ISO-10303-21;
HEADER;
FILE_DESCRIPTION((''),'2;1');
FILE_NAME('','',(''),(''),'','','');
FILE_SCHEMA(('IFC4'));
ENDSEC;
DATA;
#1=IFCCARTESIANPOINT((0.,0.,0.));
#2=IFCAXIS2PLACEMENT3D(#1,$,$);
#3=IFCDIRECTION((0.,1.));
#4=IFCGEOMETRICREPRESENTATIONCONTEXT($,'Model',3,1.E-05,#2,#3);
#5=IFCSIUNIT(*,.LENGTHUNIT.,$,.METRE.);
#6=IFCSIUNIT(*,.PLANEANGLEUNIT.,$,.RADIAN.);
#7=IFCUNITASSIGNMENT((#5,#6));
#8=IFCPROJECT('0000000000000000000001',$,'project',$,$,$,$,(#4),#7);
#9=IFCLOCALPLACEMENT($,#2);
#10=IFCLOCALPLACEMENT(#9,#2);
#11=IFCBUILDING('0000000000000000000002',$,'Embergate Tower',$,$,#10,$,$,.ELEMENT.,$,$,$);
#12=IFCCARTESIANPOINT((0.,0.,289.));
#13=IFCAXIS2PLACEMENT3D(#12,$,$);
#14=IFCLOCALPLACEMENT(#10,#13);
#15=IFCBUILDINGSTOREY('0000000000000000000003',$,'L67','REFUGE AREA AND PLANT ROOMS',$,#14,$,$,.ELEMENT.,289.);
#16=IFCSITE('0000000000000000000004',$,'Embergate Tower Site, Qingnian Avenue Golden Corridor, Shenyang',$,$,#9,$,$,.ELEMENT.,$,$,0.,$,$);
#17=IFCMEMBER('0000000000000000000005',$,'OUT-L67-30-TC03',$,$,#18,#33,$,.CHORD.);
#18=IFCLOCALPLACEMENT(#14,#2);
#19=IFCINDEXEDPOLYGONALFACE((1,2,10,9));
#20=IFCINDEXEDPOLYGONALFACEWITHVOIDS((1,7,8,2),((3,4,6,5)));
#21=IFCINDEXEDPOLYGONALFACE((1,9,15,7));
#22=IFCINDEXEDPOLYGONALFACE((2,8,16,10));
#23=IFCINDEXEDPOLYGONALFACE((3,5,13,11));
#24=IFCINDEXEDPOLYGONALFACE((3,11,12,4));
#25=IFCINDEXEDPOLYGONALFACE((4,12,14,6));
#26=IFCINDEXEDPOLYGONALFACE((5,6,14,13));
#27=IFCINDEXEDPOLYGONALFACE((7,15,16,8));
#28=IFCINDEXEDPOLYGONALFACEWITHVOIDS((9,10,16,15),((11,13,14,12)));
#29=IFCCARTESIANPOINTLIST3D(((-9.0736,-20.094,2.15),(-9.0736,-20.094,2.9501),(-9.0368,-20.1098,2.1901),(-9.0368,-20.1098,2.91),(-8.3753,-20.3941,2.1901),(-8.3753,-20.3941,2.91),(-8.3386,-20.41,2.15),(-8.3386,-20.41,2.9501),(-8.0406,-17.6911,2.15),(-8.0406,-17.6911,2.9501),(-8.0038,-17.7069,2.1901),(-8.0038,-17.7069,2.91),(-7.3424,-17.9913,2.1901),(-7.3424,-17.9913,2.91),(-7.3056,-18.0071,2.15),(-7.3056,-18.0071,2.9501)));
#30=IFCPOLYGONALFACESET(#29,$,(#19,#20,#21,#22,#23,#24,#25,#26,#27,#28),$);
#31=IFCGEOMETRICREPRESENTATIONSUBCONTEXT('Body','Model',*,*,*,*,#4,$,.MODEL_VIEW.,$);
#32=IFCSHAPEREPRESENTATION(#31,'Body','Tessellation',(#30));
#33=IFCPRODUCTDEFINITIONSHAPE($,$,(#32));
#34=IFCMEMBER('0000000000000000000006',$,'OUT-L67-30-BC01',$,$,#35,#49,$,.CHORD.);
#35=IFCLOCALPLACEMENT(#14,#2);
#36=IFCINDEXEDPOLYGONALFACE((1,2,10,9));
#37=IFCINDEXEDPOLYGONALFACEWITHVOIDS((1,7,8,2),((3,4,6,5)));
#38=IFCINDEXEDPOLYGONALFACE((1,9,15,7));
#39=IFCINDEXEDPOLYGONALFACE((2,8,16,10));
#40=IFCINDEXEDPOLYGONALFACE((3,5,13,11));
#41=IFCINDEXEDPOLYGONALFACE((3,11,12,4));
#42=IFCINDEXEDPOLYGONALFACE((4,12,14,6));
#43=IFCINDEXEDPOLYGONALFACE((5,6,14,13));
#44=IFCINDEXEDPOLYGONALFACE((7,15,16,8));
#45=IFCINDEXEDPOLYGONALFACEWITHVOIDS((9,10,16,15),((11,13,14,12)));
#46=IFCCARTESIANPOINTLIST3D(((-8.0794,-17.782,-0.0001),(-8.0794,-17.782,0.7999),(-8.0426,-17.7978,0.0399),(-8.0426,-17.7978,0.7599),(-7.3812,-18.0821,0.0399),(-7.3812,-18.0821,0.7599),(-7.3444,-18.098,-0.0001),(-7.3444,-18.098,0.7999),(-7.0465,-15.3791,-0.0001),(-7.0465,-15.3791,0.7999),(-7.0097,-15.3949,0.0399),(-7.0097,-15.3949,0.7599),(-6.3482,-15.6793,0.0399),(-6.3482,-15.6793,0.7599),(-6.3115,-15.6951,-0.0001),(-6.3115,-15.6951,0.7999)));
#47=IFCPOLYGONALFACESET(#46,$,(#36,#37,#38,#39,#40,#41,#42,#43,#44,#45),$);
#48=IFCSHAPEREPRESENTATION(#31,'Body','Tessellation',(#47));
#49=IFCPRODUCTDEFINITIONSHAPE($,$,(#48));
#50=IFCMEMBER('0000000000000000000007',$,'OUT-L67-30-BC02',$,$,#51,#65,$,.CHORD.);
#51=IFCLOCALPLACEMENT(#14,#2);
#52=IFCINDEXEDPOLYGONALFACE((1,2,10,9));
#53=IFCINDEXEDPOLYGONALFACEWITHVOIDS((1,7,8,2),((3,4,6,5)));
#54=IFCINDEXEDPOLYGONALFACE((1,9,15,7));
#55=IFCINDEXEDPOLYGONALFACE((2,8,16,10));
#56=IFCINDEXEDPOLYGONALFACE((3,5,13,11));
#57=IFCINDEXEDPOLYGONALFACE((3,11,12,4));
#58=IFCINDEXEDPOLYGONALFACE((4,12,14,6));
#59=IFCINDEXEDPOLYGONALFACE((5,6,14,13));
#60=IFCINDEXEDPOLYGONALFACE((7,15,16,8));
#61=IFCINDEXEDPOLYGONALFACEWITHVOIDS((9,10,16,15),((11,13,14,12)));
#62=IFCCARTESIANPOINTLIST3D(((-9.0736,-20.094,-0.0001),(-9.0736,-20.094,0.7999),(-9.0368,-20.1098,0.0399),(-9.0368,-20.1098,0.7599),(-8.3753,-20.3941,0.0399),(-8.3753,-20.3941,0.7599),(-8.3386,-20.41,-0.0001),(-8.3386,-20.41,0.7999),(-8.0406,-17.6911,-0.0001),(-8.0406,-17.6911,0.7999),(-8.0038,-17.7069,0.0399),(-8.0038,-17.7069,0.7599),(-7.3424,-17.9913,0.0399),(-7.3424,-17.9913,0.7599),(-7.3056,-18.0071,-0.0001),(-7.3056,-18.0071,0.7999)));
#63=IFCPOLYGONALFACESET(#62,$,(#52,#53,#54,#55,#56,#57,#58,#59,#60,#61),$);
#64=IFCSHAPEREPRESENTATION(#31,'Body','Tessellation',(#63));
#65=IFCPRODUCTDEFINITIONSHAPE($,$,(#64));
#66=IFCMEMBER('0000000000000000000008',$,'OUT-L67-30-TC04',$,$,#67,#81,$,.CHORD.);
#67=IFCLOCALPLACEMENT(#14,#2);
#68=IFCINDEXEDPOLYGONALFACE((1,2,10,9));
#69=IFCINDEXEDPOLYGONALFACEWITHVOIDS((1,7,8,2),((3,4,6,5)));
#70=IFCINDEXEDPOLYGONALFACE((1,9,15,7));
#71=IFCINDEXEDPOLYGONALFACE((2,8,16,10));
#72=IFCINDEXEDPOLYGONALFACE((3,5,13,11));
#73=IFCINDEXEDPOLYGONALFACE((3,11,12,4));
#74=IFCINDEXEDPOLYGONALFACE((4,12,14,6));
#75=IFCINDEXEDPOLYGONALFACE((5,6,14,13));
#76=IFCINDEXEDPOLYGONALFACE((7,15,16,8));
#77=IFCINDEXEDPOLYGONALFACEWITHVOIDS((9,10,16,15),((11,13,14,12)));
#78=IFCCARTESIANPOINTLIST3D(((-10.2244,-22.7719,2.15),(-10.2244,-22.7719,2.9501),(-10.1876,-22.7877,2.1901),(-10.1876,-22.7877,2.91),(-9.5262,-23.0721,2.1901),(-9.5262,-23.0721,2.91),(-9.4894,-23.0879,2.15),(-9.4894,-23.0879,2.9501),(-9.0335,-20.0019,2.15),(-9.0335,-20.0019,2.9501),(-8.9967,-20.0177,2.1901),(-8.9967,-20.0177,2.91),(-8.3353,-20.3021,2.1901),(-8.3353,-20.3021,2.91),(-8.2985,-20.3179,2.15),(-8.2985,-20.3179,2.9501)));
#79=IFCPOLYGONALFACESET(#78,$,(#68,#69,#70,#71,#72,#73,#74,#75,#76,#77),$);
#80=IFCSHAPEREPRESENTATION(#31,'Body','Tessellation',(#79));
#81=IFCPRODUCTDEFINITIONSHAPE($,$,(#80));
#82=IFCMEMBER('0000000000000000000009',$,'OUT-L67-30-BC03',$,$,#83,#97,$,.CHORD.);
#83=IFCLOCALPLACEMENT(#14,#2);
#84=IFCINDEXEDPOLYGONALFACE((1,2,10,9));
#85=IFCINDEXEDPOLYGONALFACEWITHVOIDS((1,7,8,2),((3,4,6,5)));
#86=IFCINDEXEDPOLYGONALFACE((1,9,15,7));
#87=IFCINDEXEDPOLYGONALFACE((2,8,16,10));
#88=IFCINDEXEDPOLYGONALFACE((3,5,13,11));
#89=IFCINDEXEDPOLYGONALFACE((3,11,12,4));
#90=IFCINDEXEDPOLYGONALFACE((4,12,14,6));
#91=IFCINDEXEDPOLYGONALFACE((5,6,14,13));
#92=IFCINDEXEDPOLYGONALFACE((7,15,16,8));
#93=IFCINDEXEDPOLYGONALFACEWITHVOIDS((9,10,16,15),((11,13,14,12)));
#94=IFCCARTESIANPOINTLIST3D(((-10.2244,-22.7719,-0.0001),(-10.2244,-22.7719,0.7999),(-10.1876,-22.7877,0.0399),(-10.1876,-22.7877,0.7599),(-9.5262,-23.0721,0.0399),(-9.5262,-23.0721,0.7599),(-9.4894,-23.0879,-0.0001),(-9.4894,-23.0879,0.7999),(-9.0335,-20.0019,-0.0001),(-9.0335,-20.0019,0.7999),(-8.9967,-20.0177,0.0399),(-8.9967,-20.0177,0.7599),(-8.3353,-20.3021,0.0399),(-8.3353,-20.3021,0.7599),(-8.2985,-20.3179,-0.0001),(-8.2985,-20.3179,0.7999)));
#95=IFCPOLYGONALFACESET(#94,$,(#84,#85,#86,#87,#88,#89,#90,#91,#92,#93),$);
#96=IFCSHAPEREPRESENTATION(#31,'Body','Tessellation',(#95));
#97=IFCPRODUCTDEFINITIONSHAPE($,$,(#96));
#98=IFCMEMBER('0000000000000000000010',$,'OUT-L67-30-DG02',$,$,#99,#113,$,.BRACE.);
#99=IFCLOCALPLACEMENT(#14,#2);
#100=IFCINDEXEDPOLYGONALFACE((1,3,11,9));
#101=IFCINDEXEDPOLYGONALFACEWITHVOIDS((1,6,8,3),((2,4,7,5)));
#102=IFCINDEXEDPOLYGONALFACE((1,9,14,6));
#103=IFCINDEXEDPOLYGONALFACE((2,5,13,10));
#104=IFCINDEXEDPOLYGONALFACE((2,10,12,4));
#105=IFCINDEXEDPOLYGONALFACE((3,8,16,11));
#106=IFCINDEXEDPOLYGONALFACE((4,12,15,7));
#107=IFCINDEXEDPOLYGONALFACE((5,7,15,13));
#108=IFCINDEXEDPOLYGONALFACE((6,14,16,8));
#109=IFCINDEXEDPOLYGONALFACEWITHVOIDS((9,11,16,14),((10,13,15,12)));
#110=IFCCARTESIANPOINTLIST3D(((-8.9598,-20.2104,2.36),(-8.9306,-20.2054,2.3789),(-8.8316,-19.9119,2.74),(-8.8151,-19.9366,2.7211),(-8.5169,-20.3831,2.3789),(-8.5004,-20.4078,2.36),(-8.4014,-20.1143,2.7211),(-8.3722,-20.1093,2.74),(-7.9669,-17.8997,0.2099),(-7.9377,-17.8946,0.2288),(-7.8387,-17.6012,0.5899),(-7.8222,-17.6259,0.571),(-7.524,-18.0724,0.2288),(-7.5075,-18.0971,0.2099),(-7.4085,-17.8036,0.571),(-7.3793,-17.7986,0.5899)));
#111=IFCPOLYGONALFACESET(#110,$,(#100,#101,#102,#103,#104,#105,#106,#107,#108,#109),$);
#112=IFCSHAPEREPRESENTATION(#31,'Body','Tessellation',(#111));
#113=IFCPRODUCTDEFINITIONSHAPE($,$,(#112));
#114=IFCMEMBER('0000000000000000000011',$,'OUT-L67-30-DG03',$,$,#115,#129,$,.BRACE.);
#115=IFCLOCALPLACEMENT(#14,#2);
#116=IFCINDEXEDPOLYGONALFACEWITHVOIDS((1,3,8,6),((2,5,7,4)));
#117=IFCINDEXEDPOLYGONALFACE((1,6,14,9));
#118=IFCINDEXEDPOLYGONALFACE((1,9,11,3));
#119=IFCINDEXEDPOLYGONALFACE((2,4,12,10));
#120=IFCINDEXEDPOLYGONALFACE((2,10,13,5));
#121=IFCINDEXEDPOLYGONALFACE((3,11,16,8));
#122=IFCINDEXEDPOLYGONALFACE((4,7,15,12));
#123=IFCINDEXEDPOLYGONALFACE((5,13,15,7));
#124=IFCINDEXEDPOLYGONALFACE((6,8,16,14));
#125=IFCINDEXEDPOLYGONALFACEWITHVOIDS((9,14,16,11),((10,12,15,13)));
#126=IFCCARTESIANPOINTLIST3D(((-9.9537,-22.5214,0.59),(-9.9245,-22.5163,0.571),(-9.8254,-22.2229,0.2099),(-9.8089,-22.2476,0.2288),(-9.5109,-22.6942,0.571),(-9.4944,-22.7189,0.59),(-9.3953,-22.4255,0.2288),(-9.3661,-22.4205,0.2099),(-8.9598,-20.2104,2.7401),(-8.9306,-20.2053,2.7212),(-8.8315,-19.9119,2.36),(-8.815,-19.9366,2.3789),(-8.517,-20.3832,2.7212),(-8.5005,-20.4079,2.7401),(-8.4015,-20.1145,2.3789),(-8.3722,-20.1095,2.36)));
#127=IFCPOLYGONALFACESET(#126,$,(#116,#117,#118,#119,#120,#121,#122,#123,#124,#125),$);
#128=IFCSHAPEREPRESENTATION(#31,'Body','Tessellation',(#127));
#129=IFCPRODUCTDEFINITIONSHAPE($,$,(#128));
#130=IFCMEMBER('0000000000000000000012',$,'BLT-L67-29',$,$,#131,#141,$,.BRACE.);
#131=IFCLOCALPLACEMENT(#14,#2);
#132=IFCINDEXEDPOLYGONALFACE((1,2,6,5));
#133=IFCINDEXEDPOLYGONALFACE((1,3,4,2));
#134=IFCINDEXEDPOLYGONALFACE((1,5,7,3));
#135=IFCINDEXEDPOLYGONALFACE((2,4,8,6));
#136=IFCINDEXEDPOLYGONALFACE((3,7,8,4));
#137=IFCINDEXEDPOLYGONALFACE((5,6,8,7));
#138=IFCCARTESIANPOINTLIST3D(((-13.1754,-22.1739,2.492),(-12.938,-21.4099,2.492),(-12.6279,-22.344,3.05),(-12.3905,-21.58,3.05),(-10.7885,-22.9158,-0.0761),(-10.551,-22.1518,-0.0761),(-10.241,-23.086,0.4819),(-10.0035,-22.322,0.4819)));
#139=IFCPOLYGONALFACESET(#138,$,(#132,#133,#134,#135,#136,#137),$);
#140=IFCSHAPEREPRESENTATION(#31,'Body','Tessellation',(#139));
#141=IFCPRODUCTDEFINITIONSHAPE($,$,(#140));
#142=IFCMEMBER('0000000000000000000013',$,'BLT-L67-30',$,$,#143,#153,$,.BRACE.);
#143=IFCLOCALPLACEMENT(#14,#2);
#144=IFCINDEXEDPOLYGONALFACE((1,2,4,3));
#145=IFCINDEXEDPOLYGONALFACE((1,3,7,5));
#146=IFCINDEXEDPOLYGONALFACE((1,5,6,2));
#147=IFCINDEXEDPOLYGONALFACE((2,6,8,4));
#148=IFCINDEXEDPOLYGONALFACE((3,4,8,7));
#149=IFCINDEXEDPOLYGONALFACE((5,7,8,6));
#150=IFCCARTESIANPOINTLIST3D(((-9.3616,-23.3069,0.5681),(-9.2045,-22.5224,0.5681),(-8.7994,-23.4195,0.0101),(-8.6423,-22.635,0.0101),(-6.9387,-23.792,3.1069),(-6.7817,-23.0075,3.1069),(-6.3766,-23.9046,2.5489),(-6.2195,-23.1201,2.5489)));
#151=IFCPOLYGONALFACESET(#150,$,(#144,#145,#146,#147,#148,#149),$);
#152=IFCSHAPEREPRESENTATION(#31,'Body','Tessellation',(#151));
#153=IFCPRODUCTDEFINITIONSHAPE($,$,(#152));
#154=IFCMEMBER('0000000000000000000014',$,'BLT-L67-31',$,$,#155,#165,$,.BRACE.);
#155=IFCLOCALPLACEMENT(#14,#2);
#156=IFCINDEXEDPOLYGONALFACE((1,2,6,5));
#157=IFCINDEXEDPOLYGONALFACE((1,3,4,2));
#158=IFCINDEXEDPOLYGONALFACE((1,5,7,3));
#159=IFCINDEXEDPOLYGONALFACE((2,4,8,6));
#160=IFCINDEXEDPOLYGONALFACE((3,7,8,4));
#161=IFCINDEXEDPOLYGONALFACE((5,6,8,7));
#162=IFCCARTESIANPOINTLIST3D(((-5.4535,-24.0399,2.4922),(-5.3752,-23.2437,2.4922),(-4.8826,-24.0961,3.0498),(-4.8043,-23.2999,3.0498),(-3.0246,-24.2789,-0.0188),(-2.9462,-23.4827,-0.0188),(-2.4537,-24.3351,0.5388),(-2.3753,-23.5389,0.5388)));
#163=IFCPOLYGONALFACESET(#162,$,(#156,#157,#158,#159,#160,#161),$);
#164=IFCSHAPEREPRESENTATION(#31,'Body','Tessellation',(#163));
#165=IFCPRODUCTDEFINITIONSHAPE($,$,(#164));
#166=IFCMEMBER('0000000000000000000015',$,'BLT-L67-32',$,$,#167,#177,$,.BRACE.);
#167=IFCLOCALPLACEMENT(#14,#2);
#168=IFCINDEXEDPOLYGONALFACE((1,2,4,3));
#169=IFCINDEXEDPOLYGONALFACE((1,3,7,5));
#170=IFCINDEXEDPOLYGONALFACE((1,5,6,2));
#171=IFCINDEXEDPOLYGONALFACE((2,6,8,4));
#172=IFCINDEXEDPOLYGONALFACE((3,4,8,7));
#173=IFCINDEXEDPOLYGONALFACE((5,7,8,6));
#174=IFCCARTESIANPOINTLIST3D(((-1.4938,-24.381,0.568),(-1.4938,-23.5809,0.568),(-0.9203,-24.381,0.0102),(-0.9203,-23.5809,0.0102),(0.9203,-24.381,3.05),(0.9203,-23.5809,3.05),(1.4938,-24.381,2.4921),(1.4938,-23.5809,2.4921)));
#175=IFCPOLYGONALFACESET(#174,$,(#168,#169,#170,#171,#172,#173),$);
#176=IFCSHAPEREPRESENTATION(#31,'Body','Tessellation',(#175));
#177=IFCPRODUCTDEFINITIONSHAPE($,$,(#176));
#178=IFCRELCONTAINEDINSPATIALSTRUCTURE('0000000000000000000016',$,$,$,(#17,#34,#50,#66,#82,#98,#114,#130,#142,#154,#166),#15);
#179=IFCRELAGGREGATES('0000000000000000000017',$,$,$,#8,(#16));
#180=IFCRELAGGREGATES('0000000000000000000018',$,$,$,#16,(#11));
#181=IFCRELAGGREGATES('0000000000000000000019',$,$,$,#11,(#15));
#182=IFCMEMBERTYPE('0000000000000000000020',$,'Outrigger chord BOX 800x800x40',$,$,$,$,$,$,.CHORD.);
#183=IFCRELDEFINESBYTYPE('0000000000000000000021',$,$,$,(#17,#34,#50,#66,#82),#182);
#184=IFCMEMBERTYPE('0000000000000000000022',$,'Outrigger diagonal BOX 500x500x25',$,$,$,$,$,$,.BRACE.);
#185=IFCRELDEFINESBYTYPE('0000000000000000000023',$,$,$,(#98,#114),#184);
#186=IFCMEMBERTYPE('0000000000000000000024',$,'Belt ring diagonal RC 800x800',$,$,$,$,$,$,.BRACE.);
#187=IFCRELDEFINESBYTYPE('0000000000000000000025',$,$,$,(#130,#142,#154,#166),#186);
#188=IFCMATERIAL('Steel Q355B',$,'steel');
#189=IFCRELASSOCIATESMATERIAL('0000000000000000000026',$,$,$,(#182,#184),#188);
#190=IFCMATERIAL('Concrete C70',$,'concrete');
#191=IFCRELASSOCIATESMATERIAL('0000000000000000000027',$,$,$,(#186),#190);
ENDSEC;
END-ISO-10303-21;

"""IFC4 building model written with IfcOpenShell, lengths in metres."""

from ifc_helpers import new_model, si_unit, direction, frame, origin, origin_2d, place, context, subcontext, project, spatial, rectangle, hollow_rectangle, extrude, source, transform, mapped, material, material_profile, profile_set, type_object, element, save


model = new_model("IFC4")

# Units and contexts
model_context = context("Model", 3, precision=1e-05, world=origin(), true_north=direction((0.0, 1.0)))
body_context = subcontext(model_context, "Body", "Model", "MODEL_VIEW")
ifc_project = project(units=[si_unit("LENGTHUNIT", "METRE"), si_unit("PLANEANGLEUNIT", "RADIAN")], contexts=[model_context])

# Site, building, storey
site_placement = place(None, origin())
site = spatial("IfcSite", under=ifc_project, at=site_placement, Name="Embergate Tower Site, Qingnian Avenue Golden Corridor, Shenyang", CompositionType="ELEMENT", RefElevation=0.0)
building_placement = place(site_placement, origin())
building = spatial("IfcBuilding", under=site, at=building_placement, Name="Embergate Tower", CompositionType="ELEMENT")
storey_placement = place(building_placement, frame((0.0, 0.0, 289.0)))
storey = spatial("IfcBuildingStorey", under=building, at=storey_placement, Name="L67", Description="REFUGE AREA AND PLANT ROOMS", CompositionType="ELEMENT", Elevation=289.0)

# Shared definitions
ifc_material_1 = material(Name="Steel Q355B", Category="steel")

# Members
ifc_material_profile_1 = material_profile(ifc_material_1, hollow_rectangle(XDim=0.8, YDim=0.8, WallThickness=0.04, at=origin_2d()), Name="BOX 800x800x40")
ifc_profile_set_1 = profile_set([ifc_material_profile_1], Name="Steel Q355 grade B")
member_type_1 = type_object("IfcMemberType", Name="Outrigger chord BOX 800x800x40", PredefinedType="CHORD", material=ifc_profile_set_1)
shared_shape_1 = source(origin(), body_context, "Body", "SweptSolid", [
    extrude(hollow_rectangle(XDim=0.8, YDim=0.8, WallThickness=0.04, at=origin_2d()), origin(), (0.0, 0.0, 1.0), 2.6155),
])
for number, where, z_axis, x_axis, name in (
    (1, (-7.6731, -17.8491, 2.55), (-0.394944, -0.918705, 0.0), (0.918705, -0.394944, 0.0), "OUT-L67-30-TC03"),
    (2, (-6.679, -15.5371, 0.3999), (-0.394944, -0.918705, 0.0), (0.918705, -0.394944, 0.0), "OUT-L67-30-BC01"),
    (3, (-7.6731, -17.8491, 0.3999), (-0.394944, -0.918705, 0.0), (0.918705, -0.394944, 0.0), "OUT-L67-30-BC02"),
):
    element("IfcMember", number, at=place(storey_placement, frame(where, z_axis=z_axis, x_axis=x_axis)), inside=storey, type_object=member_type_1, Name=name, PredefinedType="CHORD", context=body_context, shape_type="MappedRepresentation", body=[
        mapped(shared_shape_1, transform((0.0, 0.0, 0.0))),
    ])
shared_shape_2 = source(origin(), body_context, "Body", "SweptSolid", [
    extrude(hollow_rectangle(XDim=0.8, YDim=0.8, WallThickness=0.04, at=origin_2d()), origin(), (0.0, 0.0, 1.0), 3.0151),
])
for number, where, z_axis, x_axis, name in (
    (4, (-8.666, -20.1599, 2.55), (-0.394974, -0.918692, 0.0), (0.918692, -0.394974, 0.0), "OUT-L67-30-TC04"),
    (5, (-8.666, -20.1599, 0.3999), (-0.394974, -0.918692, 0.0), (0.918692, -0.394974, 0.0), "OUT-L67-30-BC03"),
):
    element("IfcMember", number, at=place(storey_placement, frame(where, z_axis=z_axis, x_axis=x_axis)), inside=storey, type_object=member_type_1, Name=name, PredefinedType="CHORD", context=body_context, shape_type="MappedRepresentation", body=[
        mapped(shared_shape_2, transform((0.0, 0.0, 0.0))),
    ])
ifc_material_profile_2 = material_profile(ifc_material_1, hollow_rectangle(XDim=0.5, YDim=0.5, WallThickness=0.0249, at=origin_2d()), Name="BOX 500x500x25")
ifc_profile_set_2 = profile_set([ifc_material_profile_2], Name="Steel Q355 grade B")
member_type_2 = type_object("IfcMemberType", Name="Outrigger diagonal BOX 500x500x25", PredefinedType="BRACE", material=ifc_profile_set_2)
shared_shape_3 = source(origin(), body_context, "Body", "SweptSolid", [
    extrude(hollow_rectangle(XDim=0.5, YDim=0.5, WallThickness=0.0249, at=origin_2d()), origin(), (0.0, 0.0, 1.0), 3.3088),
])
member_1_placement = place(storey_placement, frame((-7.6731, -17.8491, 0.3999), z_axis=(-0.300076, -0.698358, 0.649808), x_axis=(0.918773, -0.394786, 0.0)))
element("IfcMember", 6, at=member_1_placement, inside=storey, type_object=member_type_2, Name="OUT-L67-30-DG02", PredefinedType="BRACE", context=body_context, shape_type="MappedRepresentation", body=[
    mapped(shared_shape_3, transform((0.0, 0.0, 0.0))),
])
shared_shape_4 = source(origin(), body_context, "Body", "SweptSolid", [
    extrude(hollow_rectangle(XDim=0.5, YDim=0.5, WallThickness=0.0249, at=origin_2d()), origin(), (0.0, 0.0, 1.0), 3.3093),
])
member_2_placement = place(storey_placement, frame((-8.666, -20.1599, 2.55), z_axis=(-0.300329, -0.698334, -0.649717), x_axis=(0.918647, -0.395079, 0.0)))
element("IfcMember", 7, at=member_2_placement, inside=storey, type_object=member_type_2, Name="OUT-L67-30-DG03", PredefinedType="BRACE", context=body_context, shape_type="MappedRepresentation", body=[
    mapped(shared_shape_4, transform((0.0, 0.0, 0.0))),
])
ifc_material_2 = material(Name="Concrete C70", Category="concrete")
ifc_material_profile_3 = material_profile(ifc_material_2, rectangle(XDim=0.8, YDim=0.8, at=origin_2d()), Name="RC 800x800")
ifc_profile_set_3 = profile_set([ifc_material_profile_3], Name="Concrete C70")
member_type_3 = type_object("IfcMemberType", Name="Belt ring diagonal RC 800x800", PredefinedType="BRACE", material=ifc_profile_set_3)
shared_shape_5 = source(origin(), body_context, "Body", "SweptSolid", [
    extrude(rectangle(XDim=0.8, YDim=0.8, at=origin_2d()), origin(), (0.0, 0.0, 1.0), 3.5837),
])
member_3_placement = place(storey_placement, frame((-10.396, -22.6189, 0.2029), z_axis=(-0.666051, 0.20703, 0.716599), x_axis=(-0.296823, -0.954932, 0.0)))
element("IfcMember", 8, at=member_3_placement, inside=storey, type_object=member_type_3, Name="BLT-L67-29", PredefinedType="BRACE", context=body_context, shape_type="MappedRepresentation", body=[
    mapped(shared_shape_5, transform((0.0, 0.0, 0.0))),
])
shared_shape_6 = source(origin(), body_context, "Body", "SweptSolid", [
    extrude(rectangle(XDim=0.8, YDim=0.8, at=origin_2d()), origin(), (0.0, 0.0, 1.0), 3.5427),
])
member_4_placement = place(storey_placement, frame((-9.002, -22.9709, 0.2891), z_axis=(0.683888, -0.136929, 0.716622), x_axis=(0.196325, 0.980539, 0.0)))
element("IfcMember", 9, at=member_4_placement, inside=storey, type_object=member_type_3, Name="BLT-L67-30", PredefinedType="BRACE", context=body_context, shape_type="MappedRepresentation", body=[
    mapped(shared_shape_6, transform((0.0, 0.0, 0.0))),
])
shared_shape_7 = source(origin(), body_context, "Body", "SweptSolid", [
    extrude(rectangle(XDim=0.8, YDim=0.8, at=origin_2d()), origin(), (0.0, 0.0, 1.0), 3.5017),
])
member_5_placement = place(storey_placement, frame((-2.7, -23.9089, 0.26), z_axis=(-0.693647, 0.068256, 0.717073), x_axis=(-0.097929, -0.995193, 0.0)))
element("IfcMember", 10, at=member_5_placement, inside=storey, type_object=member_type_3, Name="BLT-L67-31", PredefinedType="BRACE", context=body_context, shape_type="MappedRepresentation", body=[
    mapped(shared_shape_7, transform((0.0, 0.0, 0.0))),
])
shared_shape_8 = source(origin(), body_context, "Body", "SweptSolid", [
    extrude(rectangle(XDim=0.8, YDim=0.8, at=origin_2d()), origin(), (0.0, 0.0, 1.0), 3.4624),
])
member_6_placement = place(storey_placement, frame((-1.207, -23.981, 0.2891), z_axis=(0.697237, 0.0, 0.71684), x_axis=(0.0, 1.0, 0.0)))
element("IfcMember", 11, at=member_6_placement, inside=storey, type_object=member_type_3, Name="BLT-L67-32", PredefinedType="BRACE", context=body_context, shape_type="MappedRepresentation", body=[
    mapped(shared_shape_8, transform((0.0, 0.0, 0.0))),
])

save(model, "model.ifc")
